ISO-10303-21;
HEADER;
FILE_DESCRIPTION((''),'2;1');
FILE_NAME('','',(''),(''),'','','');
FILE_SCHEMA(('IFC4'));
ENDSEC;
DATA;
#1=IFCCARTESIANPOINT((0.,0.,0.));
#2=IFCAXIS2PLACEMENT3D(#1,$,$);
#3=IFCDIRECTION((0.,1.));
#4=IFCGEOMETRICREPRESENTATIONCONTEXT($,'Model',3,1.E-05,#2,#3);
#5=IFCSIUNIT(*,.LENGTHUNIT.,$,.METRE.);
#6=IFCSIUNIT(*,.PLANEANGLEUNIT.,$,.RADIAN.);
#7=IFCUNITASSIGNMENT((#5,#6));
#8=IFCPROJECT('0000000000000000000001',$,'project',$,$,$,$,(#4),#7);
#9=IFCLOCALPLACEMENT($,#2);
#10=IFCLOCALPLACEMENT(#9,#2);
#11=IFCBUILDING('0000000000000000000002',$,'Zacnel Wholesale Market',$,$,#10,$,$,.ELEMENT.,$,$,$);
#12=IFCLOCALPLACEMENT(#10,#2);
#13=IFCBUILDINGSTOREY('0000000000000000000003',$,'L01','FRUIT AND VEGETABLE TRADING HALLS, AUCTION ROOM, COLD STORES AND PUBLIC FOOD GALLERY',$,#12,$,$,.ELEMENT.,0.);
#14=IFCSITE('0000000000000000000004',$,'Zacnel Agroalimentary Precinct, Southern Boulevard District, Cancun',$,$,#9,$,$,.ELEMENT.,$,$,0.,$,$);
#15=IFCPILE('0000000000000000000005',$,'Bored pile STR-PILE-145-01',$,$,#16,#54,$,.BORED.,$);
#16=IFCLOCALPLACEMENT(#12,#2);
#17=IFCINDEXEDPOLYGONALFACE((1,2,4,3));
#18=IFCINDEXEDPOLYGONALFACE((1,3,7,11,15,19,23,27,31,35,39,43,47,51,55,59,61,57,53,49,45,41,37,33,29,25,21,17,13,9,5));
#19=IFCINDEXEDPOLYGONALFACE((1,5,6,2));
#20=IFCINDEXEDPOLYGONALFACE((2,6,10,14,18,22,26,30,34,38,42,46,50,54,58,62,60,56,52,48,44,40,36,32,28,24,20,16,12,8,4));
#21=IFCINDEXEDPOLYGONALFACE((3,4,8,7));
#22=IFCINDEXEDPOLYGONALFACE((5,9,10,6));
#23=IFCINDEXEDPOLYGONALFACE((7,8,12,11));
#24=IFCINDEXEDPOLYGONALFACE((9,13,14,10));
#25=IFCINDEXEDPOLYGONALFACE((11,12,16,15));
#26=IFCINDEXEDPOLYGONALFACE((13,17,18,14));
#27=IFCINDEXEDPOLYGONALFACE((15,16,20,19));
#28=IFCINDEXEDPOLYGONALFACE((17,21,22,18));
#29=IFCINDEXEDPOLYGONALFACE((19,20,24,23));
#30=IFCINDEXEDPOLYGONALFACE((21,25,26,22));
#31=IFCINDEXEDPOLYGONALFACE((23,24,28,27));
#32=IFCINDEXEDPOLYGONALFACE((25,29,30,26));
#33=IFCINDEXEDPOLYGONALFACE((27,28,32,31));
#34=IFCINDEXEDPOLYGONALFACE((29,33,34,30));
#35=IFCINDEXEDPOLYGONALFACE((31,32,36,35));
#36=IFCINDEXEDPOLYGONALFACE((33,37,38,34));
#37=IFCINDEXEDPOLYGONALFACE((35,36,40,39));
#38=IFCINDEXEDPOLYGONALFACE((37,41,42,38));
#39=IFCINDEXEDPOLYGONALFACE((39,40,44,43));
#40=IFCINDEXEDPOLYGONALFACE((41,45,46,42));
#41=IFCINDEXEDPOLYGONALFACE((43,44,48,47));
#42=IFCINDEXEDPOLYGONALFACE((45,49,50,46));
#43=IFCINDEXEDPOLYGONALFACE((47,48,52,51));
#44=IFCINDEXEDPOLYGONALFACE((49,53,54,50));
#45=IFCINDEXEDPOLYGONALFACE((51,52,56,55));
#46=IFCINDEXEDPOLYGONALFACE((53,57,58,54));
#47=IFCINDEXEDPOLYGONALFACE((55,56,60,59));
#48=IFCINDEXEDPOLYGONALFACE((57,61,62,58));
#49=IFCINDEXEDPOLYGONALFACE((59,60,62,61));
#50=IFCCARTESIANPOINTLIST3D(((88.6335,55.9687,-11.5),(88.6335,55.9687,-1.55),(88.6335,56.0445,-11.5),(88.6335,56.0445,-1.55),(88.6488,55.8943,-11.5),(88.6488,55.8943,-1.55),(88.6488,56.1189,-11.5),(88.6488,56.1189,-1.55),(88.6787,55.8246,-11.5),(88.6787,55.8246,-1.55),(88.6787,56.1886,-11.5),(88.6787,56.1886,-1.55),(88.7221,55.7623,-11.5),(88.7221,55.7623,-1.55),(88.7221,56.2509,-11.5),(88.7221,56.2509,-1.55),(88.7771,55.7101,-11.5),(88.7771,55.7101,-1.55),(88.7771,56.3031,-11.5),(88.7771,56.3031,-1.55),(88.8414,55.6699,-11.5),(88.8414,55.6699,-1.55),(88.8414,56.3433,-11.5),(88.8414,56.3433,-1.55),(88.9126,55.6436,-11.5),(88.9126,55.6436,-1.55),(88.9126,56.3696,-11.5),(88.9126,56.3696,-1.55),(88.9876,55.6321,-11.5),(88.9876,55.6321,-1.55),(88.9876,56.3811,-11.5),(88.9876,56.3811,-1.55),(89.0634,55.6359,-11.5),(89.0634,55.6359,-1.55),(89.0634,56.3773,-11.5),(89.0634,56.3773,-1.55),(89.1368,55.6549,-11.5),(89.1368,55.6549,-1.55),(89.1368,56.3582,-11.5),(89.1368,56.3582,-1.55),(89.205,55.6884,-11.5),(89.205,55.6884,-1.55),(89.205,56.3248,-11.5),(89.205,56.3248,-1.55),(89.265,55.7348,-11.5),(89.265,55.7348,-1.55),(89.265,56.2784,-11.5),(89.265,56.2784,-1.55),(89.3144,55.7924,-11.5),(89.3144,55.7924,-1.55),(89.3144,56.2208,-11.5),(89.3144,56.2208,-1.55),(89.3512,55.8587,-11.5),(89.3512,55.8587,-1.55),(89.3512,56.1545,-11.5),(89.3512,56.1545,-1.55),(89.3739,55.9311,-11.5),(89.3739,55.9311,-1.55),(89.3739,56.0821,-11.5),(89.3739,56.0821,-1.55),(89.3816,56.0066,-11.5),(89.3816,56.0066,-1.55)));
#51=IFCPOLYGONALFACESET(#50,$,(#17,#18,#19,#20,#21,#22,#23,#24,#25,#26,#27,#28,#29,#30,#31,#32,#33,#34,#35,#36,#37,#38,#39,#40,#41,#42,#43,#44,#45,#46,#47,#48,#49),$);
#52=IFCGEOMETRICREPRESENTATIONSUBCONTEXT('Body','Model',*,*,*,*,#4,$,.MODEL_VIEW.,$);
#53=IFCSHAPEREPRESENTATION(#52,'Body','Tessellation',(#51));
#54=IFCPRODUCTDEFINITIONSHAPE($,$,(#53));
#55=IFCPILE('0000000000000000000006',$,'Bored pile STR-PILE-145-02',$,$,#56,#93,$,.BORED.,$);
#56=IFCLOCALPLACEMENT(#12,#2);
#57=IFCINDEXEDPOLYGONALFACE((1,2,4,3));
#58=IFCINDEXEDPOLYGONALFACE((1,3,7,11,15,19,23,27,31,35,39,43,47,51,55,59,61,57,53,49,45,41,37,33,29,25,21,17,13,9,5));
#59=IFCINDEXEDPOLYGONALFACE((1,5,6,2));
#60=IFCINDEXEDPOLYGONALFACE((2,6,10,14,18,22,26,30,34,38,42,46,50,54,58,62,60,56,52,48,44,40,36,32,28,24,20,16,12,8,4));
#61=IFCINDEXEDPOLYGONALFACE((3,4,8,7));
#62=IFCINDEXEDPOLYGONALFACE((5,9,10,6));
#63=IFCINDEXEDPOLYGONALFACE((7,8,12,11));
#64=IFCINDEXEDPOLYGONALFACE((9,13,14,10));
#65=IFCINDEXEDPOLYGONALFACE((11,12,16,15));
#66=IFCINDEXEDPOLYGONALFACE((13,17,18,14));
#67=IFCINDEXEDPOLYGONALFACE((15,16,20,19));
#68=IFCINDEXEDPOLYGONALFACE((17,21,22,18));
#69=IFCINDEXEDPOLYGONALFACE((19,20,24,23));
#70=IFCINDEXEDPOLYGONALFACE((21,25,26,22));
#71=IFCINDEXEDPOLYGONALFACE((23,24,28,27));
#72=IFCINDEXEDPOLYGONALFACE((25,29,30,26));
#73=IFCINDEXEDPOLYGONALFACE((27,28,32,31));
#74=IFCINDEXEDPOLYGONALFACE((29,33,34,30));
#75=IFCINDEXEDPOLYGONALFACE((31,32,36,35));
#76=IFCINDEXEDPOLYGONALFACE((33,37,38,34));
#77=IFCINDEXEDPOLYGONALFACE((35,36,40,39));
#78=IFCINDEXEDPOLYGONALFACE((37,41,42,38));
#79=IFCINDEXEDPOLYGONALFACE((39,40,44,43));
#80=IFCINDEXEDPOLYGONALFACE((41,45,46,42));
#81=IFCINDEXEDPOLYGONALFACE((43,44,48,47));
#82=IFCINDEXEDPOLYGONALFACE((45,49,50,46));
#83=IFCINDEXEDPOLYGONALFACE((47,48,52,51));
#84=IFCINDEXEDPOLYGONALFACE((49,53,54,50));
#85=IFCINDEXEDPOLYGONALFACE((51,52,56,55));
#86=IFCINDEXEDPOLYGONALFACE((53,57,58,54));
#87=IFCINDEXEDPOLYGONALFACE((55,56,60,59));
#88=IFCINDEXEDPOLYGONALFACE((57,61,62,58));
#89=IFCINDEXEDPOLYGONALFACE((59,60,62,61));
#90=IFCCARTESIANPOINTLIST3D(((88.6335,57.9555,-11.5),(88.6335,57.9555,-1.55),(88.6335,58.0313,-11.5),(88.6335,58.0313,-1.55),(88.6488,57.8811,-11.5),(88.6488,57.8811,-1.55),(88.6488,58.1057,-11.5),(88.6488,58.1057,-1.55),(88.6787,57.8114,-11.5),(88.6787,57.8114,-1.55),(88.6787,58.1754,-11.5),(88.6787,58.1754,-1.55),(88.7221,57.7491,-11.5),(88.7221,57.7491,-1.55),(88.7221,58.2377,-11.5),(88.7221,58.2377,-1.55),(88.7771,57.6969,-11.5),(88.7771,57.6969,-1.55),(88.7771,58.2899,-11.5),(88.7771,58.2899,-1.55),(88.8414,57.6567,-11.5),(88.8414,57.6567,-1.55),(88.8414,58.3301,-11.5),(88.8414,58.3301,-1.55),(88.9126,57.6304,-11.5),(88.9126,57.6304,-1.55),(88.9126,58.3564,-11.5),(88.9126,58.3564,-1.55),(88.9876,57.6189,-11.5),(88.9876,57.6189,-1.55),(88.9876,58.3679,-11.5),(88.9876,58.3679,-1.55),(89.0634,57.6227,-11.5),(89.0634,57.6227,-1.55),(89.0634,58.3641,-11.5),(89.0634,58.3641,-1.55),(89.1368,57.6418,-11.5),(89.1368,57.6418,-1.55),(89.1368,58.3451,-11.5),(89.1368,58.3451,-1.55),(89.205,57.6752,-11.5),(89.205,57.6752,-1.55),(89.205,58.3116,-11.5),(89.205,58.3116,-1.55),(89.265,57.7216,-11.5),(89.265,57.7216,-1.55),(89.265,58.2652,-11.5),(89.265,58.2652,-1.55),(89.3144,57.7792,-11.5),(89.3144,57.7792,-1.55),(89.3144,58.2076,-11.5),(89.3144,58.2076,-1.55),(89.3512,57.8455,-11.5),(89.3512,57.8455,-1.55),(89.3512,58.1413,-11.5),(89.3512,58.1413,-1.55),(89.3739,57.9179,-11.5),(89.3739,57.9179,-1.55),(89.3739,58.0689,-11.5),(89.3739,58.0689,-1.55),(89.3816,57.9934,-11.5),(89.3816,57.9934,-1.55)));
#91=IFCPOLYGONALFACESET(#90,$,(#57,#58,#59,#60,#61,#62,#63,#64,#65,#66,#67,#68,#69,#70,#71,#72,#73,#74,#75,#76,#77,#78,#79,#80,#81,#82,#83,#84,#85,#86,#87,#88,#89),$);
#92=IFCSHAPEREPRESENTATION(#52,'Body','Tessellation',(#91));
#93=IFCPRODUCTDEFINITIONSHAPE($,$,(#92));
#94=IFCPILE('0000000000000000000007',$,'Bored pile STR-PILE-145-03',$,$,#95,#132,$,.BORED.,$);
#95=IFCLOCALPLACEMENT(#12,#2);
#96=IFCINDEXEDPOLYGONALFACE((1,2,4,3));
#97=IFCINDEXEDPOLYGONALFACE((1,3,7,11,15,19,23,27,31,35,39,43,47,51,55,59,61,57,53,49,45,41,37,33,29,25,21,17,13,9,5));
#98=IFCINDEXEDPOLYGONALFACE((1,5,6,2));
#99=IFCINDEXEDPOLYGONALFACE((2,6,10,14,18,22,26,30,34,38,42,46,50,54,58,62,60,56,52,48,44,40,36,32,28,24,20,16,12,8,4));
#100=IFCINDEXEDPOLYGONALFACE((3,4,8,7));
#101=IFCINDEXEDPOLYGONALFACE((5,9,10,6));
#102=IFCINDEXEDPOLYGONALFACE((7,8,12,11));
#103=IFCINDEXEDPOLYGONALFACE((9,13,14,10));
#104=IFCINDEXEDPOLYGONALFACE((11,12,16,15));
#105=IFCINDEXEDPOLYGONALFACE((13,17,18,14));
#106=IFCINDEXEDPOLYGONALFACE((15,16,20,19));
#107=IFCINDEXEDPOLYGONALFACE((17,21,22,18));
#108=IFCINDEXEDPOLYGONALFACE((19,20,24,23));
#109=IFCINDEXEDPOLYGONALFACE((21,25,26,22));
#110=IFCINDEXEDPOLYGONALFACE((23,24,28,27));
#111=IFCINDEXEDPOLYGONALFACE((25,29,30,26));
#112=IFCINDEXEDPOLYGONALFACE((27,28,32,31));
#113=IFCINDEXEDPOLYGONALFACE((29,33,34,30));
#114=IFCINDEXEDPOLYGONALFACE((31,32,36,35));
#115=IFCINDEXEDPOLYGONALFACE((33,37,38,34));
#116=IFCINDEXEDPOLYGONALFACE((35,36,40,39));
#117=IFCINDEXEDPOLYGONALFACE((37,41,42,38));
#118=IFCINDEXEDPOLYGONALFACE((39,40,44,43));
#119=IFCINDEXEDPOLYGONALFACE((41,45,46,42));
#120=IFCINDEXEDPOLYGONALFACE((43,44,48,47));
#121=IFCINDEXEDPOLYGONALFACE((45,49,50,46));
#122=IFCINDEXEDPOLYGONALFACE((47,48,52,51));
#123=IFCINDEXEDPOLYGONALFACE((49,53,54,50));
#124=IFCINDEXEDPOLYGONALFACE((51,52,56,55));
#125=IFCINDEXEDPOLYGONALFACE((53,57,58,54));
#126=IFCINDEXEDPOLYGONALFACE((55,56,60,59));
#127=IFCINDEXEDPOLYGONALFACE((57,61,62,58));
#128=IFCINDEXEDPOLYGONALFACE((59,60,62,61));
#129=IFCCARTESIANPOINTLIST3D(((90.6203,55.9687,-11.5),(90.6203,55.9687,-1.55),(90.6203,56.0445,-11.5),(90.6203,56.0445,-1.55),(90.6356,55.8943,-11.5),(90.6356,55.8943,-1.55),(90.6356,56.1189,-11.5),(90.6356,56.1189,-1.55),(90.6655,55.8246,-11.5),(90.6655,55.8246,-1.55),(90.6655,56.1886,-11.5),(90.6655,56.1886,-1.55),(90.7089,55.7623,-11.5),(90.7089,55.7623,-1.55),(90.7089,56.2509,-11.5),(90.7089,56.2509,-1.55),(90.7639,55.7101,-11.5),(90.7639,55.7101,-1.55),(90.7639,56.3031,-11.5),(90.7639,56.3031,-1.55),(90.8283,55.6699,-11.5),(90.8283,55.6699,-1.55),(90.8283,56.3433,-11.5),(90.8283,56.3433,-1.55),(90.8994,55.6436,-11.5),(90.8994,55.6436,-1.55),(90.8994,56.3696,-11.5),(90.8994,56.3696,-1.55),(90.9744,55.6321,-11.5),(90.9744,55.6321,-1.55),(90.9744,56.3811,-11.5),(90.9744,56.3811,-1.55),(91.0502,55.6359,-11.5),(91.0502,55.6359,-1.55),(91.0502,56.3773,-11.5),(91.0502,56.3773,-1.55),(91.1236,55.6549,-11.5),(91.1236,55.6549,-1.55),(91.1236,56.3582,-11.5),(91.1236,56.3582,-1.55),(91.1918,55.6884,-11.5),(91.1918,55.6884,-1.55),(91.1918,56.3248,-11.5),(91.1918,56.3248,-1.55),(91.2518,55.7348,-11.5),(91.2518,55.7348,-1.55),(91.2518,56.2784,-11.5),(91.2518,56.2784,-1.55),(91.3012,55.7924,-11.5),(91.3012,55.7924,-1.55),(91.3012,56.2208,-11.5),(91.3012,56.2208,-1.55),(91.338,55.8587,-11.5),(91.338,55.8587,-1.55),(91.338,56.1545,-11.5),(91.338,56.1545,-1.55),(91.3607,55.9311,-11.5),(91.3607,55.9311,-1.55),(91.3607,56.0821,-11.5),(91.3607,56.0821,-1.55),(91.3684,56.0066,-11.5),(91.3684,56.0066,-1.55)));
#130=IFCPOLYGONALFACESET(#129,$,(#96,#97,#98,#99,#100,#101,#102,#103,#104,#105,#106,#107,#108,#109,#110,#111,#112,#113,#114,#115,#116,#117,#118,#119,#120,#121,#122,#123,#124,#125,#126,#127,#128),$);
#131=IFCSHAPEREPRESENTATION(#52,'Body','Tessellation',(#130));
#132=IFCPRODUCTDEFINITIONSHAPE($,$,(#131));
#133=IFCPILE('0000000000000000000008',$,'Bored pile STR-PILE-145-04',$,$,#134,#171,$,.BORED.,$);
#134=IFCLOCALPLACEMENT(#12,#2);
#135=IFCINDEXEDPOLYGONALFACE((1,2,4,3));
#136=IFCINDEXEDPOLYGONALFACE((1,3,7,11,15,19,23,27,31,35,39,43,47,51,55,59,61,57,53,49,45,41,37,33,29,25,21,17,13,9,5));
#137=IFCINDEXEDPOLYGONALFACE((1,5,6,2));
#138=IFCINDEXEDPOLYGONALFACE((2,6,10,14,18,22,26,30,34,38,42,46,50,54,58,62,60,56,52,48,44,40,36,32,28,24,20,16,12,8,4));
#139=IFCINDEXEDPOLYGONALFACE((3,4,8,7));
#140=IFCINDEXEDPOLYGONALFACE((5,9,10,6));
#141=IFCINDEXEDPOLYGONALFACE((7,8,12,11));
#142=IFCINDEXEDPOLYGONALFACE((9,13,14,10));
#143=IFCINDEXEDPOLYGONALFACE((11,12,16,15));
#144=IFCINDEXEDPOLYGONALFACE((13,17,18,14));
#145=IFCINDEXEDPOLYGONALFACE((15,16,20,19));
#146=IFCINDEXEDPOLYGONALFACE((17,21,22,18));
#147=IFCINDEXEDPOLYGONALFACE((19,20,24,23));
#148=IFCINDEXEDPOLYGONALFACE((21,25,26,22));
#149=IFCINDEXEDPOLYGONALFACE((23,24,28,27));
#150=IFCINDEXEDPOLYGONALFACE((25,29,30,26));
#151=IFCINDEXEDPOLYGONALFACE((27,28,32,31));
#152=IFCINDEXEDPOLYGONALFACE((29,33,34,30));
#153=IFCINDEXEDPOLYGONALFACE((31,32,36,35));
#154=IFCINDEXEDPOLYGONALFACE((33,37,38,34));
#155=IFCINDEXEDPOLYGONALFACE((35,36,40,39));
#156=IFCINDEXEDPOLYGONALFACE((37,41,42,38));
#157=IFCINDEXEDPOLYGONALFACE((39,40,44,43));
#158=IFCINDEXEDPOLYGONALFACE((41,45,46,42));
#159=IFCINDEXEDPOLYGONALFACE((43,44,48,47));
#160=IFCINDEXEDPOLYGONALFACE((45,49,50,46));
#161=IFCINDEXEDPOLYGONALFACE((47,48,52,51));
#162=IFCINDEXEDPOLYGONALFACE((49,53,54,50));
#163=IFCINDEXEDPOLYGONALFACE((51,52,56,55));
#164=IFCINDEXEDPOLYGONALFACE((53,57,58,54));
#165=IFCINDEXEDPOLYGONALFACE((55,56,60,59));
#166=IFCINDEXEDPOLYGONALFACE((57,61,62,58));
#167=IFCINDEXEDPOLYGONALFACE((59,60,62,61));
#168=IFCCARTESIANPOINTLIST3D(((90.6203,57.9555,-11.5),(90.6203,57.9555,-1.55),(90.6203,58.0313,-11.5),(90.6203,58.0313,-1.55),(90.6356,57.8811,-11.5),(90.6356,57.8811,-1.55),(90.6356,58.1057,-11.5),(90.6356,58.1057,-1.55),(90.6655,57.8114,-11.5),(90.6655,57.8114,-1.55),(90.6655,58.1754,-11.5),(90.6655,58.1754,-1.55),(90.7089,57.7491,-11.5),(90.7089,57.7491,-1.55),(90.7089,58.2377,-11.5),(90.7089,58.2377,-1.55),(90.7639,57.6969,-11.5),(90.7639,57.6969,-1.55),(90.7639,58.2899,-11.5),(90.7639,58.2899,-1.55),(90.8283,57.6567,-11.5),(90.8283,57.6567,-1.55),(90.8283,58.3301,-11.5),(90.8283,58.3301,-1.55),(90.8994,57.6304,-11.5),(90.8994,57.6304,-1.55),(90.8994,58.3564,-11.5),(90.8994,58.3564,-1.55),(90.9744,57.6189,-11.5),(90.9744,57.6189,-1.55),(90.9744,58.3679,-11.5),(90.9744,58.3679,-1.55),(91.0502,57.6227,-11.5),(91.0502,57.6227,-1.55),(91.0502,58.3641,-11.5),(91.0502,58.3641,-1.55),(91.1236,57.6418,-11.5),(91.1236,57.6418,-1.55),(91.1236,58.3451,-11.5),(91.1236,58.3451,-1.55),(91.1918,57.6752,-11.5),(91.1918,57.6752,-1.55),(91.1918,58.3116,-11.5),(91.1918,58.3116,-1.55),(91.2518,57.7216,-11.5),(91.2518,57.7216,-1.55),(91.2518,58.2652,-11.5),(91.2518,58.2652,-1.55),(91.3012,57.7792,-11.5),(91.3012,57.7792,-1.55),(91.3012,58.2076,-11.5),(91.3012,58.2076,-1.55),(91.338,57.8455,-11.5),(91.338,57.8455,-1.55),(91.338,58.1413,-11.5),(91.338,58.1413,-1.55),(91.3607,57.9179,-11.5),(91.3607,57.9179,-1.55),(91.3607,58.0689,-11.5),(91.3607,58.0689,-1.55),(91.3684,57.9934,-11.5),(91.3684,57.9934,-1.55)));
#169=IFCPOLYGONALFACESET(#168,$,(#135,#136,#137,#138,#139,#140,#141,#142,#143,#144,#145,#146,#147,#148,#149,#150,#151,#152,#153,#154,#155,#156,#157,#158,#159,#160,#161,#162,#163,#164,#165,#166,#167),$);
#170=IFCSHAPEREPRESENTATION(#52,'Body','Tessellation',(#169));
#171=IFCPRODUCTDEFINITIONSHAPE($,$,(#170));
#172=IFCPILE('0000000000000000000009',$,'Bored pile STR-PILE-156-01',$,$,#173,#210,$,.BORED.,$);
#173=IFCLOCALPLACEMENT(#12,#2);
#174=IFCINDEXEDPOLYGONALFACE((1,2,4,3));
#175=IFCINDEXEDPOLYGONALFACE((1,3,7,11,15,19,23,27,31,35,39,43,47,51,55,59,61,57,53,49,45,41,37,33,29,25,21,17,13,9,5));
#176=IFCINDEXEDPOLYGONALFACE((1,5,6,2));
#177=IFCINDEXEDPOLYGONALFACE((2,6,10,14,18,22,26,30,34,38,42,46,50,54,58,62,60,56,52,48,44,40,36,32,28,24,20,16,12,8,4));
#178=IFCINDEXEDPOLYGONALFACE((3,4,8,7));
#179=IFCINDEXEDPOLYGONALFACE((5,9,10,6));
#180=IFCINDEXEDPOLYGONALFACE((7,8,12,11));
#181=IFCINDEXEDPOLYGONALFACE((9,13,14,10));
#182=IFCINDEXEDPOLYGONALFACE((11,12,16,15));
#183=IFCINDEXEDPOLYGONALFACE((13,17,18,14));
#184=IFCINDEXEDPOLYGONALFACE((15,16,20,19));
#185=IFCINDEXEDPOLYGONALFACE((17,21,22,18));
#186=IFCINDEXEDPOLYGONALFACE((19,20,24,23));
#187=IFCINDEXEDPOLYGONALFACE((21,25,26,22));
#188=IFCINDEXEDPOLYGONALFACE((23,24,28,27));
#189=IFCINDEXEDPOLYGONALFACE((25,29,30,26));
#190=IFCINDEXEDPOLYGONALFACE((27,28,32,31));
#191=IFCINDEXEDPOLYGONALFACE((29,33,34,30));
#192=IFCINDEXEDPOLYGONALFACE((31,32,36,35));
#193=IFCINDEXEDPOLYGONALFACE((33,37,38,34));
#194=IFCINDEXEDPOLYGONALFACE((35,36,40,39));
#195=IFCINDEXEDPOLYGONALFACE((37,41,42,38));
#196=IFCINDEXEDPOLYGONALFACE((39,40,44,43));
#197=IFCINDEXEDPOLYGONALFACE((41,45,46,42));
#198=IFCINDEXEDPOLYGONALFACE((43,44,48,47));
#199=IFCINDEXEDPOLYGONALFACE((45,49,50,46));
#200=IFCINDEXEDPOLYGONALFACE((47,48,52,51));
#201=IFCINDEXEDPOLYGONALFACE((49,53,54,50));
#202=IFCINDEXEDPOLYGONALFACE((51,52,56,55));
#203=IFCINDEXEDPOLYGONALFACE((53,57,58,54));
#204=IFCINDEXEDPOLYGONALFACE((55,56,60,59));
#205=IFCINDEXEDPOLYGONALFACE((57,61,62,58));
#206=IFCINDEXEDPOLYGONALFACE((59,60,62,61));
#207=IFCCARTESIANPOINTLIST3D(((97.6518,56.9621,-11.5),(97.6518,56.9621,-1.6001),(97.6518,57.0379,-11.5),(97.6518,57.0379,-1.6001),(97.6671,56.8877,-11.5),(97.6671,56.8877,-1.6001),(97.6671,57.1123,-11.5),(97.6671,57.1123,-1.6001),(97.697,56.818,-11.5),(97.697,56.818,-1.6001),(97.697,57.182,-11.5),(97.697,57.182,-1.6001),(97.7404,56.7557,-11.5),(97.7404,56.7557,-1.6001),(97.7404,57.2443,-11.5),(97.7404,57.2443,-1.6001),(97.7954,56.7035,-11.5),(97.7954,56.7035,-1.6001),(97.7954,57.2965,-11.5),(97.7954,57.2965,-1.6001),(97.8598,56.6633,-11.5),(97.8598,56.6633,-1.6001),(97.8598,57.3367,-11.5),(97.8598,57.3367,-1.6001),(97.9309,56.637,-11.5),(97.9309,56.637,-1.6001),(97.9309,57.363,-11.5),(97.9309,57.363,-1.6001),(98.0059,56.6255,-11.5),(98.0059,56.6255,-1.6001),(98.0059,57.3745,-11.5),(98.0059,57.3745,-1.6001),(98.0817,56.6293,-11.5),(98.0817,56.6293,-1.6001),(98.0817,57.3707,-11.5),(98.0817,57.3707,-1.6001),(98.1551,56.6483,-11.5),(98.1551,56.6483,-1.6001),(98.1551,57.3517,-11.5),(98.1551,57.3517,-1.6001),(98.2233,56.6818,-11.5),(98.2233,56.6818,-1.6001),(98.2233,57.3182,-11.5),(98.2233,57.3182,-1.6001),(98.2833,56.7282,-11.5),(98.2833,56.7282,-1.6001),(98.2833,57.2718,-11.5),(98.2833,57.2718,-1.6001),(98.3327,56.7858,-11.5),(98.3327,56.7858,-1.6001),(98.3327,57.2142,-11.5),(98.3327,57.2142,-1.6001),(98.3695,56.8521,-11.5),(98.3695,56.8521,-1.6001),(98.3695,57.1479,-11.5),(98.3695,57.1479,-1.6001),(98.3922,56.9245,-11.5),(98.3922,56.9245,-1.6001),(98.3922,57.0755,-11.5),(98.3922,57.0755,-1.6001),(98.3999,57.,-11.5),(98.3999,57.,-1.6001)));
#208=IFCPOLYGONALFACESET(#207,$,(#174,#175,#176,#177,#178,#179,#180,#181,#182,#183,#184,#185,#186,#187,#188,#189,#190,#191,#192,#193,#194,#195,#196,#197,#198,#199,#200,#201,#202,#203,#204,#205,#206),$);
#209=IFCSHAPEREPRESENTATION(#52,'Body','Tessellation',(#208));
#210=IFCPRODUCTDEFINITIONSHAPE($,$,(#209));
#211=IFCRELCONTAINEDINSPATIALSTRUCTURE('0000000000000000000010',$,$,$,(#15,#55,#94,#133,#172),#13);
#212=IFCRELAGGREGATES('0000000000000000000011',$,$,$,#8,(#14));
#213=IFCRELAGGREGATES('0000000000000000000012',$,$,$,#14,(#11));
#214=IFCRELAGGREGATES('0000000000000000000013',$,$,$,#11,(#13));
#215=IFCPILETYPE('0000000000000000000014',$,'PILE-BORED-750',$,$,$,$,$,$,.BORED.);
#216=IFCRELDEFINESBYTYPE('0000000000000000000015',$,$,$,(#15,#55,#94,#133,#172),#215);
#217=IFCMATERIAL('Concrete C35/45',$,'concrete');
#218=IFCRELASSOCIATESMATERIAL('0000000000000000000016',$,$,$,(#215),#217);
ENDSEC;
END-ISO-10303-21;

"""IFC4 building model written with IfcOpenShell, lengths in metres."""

from ifc_helpers import new_model, si_unit, direction, frame, origin, origin_2d, place, context, subcontext, project, spatial, circle, extrude, material, material_profile, profile_set, type_object, element, save


model = new_model("IFC4")

# Units and contexts
model_context = context("Model", 3, precision=1e-05, world=origin(), true_north=direction((0.0, 1.0)))
body_context = subcontext(model_context, "Body", "Model", "MODEL_VIEW")
ifc_project = project(units=[si_unit("LENGTHUNIT", "METRE"), si_unit("PLANEANGLEUNIT", "RADIAN")], contexts=[model_context])

# Site, building, storey
site_placement = place(None, origin())
site = spatial("IfcSite", under=ifc_project, at=site_placement, Name="Zacnel Agroalimentary Precinct, Southern Boulevard District, Cancun", CompositionType="ELEMENT", RefElevation=0.0)
building_placement = place(site_placement, origin())
building = spatial("IfcBuilding", under=site, at=building_placement, Name="Zacnel Wholesale Market", CompositionType="ELEMENT")
storey_placement = place(building_placement, origin())
storey = spatial("IfcBuildingStorey", under=building, at=storey_placement, Name="L01", Description="FRUIT AND VEGETABLE TRADING HALLS, AUCTION ROOM, COLD STORES AND PUBLIC FOOD GALLERY", CompositionType="ELEMENT", Elevation=0.0)

# Piles
ifc_material_1 = material(Name="Concrete C35/45", Category="concrete")
ifc_material_profile_1 = material_profile(ifc_material_1, circle(Radius=0.375, at=origin_2d()), Name="BORED PILE D750")
ifc_profile_set_1 = profile_set([ifc_material_profile_1], Name="Concrete C35/45")
pile_type_1 = type_object("IfcPileType", Name="PILE-BORED-750", PredefinedType="BORED", material=ifc_profile_set_1)
for number, where, z_axis, x_axis, name in (
    (1, (89.0066, 56.0066, -1.55), (0.0, 0.0, -1.0), (1.0, 0.0, 0.0), "Bored pile STR-PILE-145-01"),
    (2, (89.0066, 57.9934, -1.55), (0.0, 0.0, -1.0), (1.0, 0.0, 0.0), "Bored pile STR-PILE-145-02"),
    (3, (90.9934, 56.0066, -1.55), (0.0, 0.0, -1.0), (1.0, 0.0, 0.0), "Bored pile STR-PILE-145-03"),
    (4, (90.9934, 57.9934, -1.55), (0.0, 0.0, -1.0), (1.0, 0.0, 0.0), "Bored pile STR-PILE-145-04"),
):
    element("IfcPile", number, at=place(storey_placement, frame(where, z_axis=z_axis, x_axis=x_axis)), inside=storey, type_object=pile_type_1, Name=name, PredefinedType="BORED", context=body_context, shape_type="SweptSolid", body=[
        extrude(circle(Radius=0.375, at=origin_2d()), origin(), (0.0, 0.0, 1.0), 9.95),
    ])
pile_1_placement = place(storey_placement, frame((98.0249, 57.0, -1.6001), z_axis=(0.0, 0.0, -1.0), x_axis=(1.0, 0.0, 0.0)))
element("IfcPile", 5, at=pile_1_placement, inside=storey, type_object=pile_type_1, Name="Bored pile STR-PILE-156-01", PredefinedType="BORED", context=body_context, shape_type="SweptSolid", body=[
    extrude(circle(Radius=0.375, at=origin_2d()), origin(), (0.0, 0.0, 1.0), 9.8999),
])

save(model, "model.ifc")
